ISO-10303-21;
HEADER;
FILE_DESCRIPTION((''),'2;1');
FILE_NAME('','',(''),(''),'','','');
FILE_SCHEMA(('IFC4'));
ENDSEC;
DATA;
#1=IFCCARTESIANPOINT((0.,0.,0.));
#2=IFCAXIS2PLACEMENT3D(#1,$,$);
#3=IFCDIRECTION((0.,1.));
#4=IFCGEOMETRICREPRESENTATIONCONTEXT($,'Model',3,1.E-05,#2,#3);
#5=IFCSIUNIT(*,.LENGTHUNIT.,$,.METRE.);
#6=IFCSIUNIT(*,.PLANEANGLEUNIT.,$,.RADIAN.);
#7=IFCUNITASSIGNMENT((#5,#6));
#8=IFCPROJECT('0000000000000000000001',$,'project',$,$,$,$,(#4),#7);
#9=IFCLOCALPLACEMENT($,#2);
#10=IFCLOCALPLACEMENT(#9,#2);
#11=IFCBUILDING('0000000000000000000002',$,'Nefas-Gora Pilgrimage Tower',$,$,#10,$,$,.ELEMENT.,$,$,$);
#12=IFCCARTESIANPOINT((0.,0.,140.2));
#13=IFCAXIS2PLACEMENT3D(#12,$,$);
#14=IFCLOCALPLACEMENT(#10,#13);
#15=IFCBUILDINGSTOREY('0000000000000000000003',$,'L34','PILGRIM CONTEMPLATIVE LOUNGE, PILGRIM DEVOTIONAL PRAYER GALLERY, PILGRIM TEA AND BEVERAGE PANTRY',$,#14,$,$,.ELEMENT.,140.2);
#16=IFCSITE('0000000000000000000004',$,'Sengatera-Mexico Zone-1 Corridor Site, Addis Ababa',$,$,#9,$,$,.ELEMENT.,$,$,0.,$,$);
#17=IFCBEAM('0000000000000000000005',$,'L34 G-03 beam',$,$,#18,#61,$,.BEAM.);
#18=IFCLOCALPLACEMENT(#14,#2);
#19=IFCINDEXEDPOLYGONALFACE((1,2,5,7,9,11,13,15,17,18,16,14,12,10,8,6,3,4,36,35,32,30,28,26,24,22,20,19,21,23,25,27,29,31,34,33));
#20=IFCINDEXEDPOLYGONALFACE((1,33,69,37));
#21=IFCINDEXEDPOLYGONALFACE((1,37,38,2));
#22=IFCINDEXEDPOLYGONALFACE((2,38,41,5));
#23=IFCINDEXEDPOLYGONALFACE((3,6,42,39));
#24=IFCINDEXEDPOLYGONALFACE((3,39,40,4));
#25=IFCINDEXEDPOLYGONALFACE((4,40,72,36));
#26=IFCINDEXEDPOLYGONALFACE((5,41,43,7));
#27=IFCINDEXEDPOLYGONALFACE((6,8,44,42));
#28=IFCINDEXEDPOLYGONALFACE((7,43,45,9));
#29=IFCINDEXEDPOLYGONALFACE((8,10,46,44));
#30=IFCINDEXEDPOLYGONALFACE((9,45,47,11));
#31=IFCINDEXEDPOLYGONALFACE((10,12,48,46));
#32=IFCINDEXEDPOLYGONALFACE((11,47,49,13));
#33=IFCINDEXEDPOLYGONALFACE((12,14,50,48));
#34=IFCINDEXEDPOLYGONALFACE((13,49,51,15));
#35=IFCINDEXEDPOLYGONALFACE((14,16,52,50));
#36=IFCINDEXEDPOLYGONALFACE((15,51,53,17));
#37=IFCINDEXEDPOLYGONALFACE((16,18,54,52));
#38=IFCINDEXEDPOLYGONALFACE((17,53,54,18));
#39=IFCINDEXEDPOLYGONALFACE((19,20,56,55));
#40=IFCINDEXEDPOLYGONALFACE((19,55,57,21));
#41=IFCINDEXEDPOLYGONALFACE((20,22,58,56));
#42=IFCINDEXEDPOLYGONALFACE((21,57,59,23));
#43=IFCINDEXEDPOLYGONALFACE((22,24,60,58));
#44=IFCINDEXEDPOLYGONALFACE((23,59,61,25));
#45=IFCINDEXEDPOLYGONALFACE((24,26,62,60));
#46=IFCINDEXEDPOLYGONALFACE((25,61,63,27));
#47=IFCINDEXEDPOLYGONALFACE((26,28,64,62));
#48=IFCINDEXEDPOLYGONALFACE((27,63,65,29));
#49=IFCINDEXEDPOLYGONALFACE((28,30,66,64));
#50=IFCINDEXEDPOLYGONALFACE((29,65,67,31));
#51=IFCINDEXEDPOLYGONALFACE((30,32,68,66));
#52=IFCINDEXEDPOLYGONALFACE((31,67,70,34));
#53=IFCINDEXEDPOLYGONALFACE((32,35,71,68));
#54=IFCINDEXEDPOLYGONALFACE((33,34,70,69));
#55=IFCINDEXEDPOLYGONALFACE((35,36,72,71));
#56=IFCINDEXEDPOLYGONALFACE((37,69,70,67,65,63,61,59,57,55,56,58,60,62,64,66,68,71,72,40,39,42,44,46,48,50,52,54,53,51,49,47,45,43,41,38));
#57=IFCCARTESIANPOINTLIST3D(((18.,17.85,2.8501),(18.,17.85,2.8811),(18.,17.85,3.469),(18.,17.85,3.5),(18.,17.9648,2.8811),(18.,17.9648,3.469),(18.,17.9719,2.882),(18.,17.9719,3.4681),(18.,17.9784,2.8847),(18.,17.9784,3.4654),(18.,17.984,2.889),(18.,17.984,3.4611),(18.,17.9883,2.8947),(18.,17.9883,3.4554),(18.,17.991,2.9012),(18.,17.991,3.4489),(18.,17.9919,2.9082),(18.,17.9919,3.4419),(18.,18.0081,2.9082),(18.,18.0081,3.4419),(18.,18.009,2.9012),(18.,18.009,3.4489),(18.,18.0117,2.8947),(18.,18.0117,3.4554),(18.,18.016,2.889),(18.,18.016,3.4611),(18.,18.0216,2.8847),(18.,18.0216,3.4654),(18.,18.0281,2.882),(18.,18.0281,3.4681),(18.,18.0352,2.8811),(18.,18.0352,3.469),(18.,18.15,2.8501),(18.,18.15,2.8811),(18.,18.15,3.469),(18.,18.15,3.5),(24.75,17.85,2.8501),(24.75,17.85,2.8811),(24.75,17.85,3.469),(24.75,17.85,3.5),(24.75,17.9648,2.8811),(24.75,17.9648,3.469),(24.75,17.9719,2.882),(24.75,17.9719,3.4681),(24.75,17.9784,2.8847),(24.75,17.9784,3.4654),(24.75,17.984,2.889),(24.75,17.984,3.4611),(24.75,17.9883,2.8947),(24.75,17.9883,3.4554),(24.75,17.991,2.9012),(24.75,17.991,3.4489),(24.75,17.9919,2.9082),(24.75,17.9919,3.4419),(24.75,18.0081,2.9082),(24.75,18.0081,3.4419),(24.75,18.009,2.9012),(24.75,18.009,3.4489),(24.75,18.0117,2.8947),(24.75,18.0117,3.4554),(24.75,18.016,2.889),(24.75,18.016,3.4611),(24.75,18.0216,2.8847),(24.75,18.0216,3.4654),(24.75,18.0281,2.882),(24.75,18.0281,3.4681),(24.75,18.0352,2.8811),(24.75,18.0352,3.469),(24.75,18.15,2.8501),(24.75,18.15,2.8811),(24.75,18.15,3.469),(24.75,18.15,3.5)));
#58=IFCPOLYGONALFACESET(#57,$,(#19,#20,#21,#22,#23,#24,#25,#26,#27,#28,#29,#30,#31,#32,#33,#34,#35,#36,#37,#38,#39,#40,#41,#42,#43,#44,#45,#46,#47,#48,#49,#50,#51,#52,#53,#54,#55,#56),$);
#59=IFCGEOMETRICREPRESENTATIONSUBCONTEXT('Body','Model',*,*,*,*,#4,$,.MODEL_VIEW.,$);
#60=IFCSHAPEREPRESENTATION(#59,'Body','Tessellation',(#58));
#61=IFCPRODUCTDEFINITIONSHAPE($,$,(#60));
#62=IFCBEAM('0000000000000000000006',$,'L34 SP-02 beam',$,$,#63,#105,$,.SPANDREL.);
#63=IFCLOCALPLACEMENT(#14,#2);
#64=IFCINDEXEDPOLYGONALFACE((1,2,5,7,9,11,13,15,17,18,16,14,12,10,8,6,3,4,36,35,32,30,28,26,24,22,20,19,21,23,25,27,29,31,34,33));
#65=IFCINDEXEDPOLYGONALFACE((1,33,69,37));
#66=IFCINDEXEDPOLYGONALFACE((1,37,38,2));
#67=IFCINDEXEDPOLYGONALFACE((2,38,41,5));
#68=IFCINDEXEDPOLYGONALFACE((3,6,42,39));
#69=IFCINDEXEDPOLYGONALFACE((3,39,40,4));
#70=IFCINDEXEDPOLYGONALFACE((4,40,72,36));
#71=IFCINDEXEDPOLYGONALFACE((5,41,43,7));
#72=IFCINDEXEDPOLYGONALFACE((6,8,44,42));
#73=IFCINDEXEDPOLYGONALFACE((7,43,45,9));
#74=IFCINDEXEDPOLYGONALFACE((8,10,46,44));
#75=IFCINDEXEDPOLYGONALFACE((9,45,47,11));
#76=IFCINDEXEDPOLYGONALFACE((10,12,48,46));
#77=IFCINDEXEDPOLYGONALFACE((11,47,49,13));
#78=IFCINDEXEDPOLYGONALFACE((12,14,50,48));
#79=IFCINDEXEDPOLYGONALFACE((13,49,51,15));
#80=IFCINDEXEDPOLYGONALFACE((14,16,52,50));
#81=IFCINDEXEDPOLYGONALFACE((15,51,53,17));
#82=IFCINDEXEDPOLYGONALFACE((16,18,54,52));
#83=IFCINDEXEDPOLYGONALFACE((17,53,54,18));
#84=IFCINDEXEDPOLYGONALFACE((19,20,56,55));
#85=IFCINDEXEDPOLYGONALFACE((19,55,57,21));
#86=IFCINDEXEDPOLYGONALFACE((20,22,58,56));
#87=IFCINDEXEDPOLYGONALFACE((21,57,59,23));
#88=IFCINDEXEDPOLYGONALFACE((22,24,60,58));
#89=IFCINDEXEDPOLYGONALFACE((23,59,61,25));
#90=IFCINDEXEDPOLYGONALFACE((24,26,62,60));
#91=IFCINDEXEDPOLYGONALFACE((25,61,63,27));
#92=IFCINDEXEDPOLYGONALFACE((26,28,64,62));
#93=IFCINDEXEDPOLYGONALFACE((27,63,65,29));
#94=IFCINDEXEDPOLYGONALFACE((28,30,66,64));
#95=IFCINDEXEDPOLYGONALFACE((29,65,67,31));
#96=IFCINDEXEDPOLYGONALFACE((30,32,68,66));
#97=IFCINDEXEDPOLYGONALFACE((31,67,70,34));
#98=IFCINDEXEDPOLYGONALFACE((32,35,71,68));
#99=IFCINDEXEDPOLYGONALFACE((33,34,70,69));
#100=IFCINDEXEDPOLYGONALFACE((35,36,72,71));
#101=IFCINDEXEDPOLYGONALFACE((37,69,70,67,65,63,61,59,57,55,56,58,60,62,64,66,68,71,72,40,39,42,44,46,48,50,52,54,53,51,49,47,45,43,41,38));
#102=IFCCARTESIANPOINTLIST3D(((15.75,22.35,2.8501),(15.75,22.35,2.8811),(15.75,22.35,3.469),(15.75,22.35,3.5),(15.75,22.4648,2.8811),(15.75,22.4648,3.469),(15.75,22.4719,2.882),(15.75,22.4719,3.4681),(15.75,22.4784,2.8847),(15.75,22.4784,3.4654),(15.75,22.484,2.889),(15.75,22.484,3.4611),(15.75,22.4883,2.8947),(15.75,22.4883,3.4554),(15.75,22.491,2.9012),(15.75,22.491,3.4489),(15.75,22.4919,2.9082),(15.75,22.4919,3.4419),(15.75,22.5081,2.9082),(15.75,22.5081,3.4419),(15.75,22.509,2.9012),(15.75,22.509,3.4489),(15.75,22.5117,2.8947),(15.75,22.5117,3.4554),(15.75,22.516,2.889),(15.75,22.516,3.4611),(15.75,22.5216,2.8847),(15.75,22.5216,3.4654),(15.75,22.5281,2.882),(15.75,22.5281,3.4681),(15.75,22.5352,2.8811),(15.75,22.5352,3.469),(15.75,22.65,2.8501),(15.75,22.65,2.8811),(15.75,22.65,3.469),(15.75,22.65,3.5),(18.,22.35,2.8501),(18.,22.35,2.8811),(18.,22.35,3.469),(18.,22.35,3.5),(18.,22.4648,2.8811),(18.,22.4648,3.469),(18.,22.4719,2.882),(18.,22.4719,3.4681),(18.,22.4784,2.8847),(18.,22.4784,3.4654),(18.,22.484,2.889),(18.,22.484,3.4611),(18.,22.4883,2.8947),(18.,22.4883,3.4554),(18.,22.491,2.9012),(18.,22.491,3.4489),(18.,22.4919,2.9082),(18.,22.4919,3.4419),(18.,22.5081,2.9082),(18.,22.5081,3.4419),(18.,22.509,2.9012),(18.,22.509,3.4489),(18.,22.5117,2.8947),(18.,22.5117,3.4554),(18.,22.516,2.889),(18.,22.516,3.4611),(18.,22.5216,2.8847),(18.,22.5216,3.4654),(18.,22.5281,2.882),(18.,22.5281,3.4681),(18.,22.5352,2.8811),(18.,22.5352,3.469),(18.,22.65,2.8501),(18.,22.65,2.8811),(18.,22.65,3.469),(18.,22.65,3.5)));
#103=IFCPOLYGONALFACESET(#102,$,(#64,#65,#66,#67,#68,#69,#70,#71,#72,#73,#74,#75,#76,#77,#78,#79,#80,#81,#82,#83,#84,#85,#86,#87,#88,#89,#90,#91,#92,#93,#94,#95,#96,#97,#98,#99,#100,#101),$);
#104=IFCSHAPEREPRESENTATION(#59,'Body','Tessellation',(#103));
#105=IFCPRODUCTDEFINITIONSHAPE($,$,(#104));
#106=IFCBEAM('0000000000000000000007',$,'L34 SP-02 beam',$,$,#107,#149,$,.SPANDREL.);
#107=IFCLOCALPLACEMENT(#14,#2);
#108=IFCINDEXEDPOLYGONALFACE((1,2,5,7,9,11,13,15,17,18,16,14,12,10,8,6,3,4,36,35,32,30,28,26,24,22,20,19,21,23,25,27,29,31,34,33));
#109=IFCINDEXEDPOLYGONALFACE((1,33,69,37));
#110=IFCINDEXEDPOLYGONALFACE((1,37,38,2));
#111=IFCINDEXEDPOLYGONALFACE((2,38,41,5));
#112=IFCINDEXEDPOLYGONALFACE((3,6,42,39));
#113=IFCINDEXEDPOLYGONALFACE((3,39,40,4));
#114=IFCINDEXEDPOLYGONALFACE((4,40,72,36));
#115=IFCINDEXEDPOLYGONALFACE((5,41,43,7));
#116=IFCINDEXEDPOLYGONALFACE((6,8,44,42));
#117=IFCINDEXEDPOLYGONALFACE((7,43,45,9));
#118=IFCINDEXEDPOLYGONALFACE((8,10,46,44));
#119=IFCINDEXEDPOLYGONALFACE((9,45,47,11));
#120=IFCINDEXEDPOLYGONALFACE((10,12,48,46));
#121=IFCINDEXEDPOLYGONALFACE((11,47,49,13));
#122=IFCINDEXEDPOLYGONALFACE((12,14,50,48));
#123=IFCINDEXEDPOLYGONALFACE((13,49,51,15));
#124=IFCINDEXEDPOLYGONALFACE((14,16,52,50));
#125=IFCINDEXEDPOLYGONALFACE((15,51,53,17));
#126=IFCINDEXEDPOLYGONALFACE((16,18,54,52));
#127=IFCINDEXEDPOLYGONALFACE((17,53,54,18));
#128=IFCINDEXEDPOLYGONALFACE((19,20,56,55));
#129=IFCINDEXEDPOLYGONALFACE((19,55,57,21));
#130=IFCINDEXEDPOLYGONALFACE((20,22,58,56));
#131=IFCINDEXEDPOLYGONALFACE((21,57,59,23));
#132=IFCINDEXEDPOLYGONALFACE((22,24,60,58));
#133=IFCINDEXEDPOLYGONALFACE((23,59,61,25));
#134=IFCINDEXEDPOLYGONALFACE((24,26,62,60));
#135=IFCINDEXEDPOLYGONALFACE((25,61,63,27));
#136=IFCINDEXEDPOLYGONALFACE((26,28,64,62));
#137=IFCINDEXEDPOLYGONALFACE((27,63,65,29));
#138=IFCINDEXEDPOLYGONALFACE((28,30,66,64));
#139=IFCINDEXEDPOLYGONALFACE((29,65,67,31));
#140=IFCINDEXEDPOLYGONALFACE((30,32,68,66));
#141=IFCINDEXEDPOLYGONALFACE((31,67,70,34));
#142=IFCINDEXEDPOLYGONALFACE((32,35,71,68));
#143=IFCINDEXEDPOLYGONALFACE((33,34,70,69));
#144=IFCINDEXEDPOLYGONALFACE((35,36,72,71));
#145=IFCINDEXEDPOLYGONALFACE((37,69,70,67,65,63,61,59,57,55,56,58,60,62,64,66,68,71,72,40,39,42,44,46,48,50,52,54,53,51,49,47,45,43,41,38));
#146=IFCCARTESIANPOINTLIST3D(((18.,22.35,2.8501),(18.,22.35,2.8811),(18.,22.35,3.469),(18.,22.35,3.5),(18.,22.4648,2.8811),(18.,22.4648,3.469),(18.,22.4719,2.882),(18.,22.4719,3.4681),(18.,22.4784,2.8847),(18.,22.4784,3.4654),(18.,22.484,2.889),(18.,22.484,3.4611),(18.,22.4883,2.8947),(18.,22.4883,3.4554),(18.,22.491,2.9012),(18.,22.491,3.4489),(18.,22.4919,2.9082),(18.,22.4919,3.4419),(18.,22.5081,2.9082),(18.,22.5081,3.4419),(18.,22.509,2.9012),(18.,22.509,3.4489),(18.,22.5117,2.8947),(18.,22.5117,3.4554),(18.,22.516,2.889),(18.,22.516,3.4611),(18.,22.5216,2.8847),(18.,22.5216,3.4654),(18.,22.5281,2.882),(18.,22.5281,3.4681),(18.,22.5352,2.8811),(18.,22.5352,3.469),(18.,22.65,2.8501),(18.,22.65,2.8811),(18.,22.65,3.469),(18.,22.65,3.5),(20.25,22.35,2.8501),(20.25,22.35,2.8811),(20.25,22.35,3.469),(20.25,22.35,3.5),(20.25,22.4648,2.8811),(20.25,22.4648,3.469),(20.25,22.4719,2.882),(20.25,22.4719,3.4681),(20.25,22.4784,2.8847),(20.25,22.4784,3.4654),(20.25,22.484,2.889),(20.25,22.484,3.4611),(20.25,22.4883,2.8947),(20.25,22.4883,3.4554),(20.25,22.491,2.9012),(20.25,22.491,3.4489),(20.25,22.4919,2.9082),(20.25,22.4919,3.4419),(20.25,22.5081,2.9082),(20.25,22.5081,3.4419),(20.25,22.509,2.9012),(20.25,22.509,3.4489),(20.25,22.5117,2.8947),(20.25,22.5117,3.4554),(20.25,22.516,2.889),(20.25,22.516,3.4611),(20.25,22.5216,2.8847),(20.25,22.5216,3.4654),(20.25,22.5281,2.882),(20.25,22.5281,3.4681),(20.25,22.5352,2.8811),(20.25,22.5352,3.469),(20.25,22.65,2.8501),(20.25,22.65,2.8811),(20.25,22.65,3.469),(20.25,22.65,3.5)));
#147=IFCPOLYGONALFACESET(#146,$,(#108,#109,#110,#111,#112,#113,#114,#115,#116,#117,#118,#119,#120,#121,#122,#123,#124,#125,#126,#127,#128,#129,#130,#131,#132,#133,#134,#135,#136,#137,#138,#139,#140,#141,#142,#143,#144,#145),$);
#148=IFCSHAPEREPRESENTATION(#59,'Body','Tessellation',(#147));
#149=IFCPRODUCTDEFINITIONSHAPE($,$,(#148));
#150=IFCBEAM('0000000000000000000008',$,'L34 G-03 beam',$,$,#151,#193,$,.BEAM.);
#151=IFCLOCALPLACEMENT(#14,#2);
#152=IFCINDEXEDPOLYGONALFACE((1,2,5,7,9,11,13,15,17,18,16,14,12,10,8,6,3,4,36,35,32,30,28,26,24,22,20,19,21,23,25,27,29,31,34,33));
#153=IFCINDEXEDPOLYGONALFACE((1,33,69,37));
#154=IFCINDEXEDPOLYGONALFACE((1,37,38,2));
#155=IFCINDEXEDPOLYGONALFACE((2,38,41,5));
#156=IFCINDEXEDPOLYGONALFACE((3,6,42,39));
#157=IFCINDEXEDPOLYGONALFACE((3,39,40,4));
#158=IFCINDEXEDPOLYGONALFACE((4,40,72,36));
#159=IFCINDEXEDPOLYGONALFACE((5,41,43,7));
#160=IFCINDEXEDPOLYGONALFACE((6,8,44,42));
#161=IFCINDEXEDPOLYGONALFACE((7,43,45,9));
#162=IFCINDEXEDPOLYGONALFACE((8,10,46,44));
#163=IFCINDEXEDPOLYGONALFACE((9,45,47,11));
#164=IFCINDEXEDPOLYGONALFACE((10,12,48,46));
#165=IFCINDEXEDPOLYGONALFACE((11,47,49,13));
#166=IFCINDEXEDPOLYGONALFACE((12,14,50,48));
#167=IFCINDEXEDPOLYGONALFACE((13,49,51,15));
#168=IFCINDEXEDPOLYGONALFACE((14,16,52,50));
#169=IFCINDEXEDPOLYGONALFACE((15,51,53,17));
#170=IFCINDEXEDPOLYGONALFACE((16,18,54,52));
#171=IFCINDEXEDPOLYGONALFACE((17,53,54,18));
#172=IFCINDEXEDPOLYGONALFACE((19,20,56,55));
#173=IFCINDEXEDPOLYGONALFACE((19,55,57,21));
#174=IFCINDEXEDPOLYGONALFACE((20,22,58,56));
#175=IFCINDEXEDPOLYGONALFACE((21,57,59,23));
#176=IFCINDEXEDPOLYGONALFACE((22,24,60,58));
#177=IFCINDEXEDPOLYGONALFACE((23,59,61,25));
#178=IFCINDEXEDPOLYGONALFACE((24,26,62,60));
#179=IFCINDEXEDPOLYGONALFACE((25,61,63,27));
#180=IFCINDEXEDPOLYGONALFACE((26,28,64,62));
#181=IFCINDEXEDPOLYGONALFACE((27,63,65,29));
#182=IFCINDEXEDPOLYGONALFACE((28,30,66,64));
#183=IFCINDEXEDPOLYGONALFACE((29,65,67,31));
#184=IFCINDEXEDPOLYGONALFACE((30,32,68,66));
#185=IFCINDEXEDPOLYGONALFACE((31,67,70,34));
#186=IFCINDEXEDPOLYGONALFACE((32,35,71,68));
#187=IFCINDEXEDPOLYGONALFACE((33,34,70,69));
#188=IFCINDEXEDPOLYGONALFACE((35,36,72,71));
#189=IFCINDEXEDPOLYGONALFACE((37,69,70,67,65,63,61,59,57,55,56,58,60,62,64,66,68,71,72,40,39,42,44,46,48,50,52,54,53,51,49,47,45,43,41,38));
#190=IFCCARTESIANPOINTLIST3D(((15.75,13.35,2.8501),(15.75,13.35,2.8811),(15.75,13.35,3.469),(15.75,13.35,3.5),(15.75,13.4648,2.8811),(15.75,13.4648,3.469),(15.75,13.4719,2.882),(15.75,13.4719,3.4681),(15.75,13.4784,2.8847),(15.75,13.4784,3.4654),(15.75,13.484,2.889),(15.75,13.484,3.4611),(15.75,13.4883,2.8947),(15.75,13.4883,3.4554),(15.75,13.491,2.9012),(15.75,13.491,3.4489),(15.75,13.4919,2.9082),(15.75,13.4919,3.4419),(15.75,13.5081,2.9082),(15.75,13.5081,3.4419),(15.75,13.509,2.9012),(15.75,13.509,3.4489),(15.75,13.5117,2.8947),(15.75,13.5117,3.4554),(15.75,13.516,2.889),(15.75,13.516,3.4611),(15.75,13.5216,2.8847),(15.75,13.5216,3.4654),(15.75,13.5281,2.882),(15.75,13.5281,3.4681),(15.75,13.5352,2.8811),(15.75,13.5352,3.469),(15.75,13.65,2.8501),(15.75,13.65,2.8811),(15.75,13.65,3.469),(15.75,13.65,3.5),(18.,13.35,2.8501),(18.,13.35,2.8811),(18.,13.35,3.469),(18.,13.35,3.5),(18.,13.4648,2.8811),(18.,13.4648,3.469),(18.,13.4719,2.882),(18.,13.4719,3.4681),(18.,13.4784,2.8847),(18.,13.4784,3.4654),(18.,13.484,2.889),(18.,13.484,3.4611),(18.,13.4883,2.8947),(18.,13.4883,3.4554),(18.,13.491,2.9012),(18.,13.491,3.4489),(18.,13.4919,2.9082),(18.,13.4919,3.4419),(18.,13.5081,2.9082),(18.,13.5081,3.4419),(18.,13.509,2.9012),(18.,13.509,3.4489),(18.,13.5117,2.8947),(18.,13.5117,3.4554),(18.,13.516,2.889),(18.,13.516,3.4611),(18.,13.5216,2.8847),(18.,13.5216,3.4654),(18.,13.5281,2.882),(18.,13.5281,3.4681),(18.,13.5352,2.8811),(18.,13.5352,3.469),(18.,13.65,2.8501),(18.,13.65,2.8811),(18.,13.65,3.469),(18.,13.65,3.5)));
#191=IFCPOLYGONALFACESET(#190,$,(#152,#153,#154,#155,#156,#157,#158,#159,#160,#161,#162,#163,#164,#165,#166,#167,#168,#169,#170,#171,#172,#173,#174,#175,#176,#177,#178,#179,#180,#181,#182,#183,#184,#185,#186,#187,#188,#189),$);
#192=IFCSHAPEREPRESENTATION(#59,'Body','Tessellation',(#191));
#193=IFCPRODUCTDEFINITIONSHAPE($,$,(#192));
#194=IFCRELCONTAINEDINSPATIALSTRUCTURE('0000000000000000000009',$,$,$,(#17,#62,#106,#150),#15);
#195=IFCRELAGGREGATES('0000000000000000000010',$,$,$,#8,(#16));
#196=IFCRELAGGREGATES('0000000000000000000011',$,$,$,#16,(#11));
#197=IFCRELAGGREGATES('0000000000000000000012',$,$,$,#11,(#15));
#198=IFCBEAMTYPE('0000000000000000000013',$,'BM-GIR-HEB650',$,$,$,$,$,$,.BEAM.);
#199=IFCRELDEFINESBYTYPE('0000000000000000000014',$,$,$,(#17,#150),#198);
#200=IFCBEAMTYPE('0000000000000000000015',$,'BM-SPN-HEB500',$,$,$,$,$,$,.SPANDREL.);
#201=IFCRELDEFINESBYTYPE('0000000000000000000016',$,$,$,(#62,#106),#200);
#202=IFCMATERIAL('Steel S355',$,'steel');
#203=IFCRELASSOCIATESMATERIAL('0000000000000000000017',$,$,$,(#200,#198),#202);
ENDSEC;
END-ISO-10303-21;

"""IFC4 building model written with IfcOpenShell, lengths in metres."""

from ifc_helpers import new_model, si_unit, direction, frame, origin, origin_2d, place, context, subcontext, project, spatial, i_section, extrude, source, transform, mapped, material, material_profile, profile_set, type_object, element, save


model = new_model("IFC4")

# Units and contexts
model_context = context("Model", 3, precision=1e-05, world=origin(), true_north=direction((0.0, 1.0)))
body_context = subcontext(model_context, "Body", "Model", "MODEL_VIEW")
ifc_project = project(units=[si_unit("LENGTHUNIT", "METRE"), si_unit("PLANEANGLEUNIT", "RADIAN")], contexts=[model_context])

# Site, building, storey
site_placement = place(None, origin())
site = spatial("IfcSite", under=ifc_project, at=site_placement, Name="Sengatera-Mexico Zone-1 Corridor Site, Addis Ababa", CompositionType="ELEMENT", RefElevation=0.0)
building_placement = place(site_placement, origin())
building = spatial("IfcBuilding", under=site, at=building_placement, Name="Nefas-Gora Pilgrimage Tower", CompositionType="ELEMENT")
storey_placement = place(building_placement, frame((0.0, 0.0, 140.2)))
storey = spatial("IfcBuildingStorey", under=building, at=storey_placement, Name="L34", Description="PILGRIM CONTEMPLATIVE LOUNGE, PILGRIM DEVOTIONAL PRAYER GALLERY, PILGRIM TEA AND BEVERAGE PANTRY", CompositionType="ELEMENT", Elevation=140.2)

# Beams
ifc_material_1 = material(Name="Steel S355", Category="steel")
ifc_material_profile_1 = material_profile(ifc_material_1, i_section(OverallWidth=0.3, OverallDepth=0.6499, WebThickness=0.0161, FlangeThickness=0.031, FilletRadius=0.0271, at=origin_2d()), Name="HEB 650")
ifc_profile_set_1 = profile_set([ifc_material_profile_1], Name="Steel S355")
beam_type_1 = type_object("IfcBeamType", Name="BM-SPN-HEB500", PredefinedType="SPANDREL", material=ifc_profile_set_1)
ifc_material_profile_2 = material_profile(ifc_material_1, i_section(OverallWidth=0.3, OverallDepth=0.6499, WebThickness=0.0161, FlangeThickness=0.031, FilletRadius=0.0271, at=origin_2d()), Name="HEB 650")
ifc_profile_set_2 = profile_set([ifc_material_profile_2], Name="Steel S355")
beam_type_2 = type_object("IfcBeamType", Name="BM-GIR-HEB650", PredefinedType="BEAM", material=ifc_profile_set_2)
shared_shape_1 = source(origin(), body_context, "Body", "SweptSolid", [
    extrude(i_section(OverallWidth=0.3, OverallDepth=0.6499, WebThickness=0.0161, FlangeThickness=0.031, FilletRadius=0.0271, at=origin_2d()), origin(), (0.0, 0.0, 1.0), 6.75),
])
for number, where, z_axis, x_axis, name in (
    (1, (18.0, 18.0, 3.175), (1.0, 0.0, 0.0), (0.0, 1.0, 0.0), "L34 G-03 beam"),
):
    element("IfcBeam", number, at=place(storey_placement, frame(where, z_axis=z_axis, x_axis=x_axis)), inside=storey, type_object=beam_type_2, Name=name, PredefinedType="BEAM", context=body_context, shape_type="MappedRepresentation", body=[
        mapped(shared_shape_1, transform((0.0, 0.0, 0.0), x_axis=(1.0, 0.0, 0.0), y_axis=(0.0, 1.0, 0.0), z_axis=(0.0, 0.0, 1.0), scale=1.0)),
    ])
shared_shape_2 = source(origin(), body_context, "Body", "SweptSolid", [
    extrude(i_section(OverallWidth=0.3, OverallDepth=0.6499, WebThickness=0.0161, FlangeThickness=0.031, FilletRadius=0.0271, at=origin_2d()), origin(), (0.0, 0.0, 1.0), 2.25),
])
for number, where, z_axis, x_axis, name in (
    (2, (15.75, 22.5, 3.175), (1.0, 0.0, 0.0), (0.0, 1.0, 0.0), "L34 SP-02 beam"),
    (3, (18.0, 22.5, 3.175), (1.0, 0.0, 0.0), (0.0, 1.0, 0.0), "L34 SP-02 beam"),
):
    element("IfcBeam", number, at=place(storey_placement, frame(where, z_axis=z_axis, x_axis=x_axis)), inside=storey, type_object=beam_type_1, Name=name, PredefinedType="SPANDREL", context=body_context, shape_type="MappedRepresentation", body=[
        mapped(shared_shape_2, transform((0.0, 0.0, 0.0), x_axis=(1.0, 0.0, 0.0), y_axis=(0.0, 1.0, 0.0), z_axis=(0.0, 0.0, 1.0), scale=1.0)),
    ])
shared_shape_3 = source(origin(), body_context, "Body", "SweptSolid", [
    extrude(i_section(OverallWidth=0.3, OverallDepth=0.6499, WebThickness=0.0161, FlangeThickness=0.031, FilletRadius=0.0271, at=origin_2d()), origin(), (0.0, 0.0, 1.0), 2.25),
])
beam_1_placement = place(storey_placement, frame((15.75, 13.5, 3.175), z_axis=(1.0, 0.0, 0.0), x_axis=(0.0, 1.0, 0.0)))
element("IfcBeam", 4, at=beam_1_placement, inside=storey, type_object=beam_type_2, Name="L34 G-03 beam", PredefinedType="BEAM", context=body_context, shape_type="MappedRepresentation", body=[
    mapped(shared_shape_3, transform((0.0, 0.0, 0.0), x_axis=(1.0, 0.0, 0.0), y_axis=(0.0, 1.0, 0.0), z_axis=(0.0, 0.0, 1.0), scale=1.0)),
])

save(model, "model.ifc")
